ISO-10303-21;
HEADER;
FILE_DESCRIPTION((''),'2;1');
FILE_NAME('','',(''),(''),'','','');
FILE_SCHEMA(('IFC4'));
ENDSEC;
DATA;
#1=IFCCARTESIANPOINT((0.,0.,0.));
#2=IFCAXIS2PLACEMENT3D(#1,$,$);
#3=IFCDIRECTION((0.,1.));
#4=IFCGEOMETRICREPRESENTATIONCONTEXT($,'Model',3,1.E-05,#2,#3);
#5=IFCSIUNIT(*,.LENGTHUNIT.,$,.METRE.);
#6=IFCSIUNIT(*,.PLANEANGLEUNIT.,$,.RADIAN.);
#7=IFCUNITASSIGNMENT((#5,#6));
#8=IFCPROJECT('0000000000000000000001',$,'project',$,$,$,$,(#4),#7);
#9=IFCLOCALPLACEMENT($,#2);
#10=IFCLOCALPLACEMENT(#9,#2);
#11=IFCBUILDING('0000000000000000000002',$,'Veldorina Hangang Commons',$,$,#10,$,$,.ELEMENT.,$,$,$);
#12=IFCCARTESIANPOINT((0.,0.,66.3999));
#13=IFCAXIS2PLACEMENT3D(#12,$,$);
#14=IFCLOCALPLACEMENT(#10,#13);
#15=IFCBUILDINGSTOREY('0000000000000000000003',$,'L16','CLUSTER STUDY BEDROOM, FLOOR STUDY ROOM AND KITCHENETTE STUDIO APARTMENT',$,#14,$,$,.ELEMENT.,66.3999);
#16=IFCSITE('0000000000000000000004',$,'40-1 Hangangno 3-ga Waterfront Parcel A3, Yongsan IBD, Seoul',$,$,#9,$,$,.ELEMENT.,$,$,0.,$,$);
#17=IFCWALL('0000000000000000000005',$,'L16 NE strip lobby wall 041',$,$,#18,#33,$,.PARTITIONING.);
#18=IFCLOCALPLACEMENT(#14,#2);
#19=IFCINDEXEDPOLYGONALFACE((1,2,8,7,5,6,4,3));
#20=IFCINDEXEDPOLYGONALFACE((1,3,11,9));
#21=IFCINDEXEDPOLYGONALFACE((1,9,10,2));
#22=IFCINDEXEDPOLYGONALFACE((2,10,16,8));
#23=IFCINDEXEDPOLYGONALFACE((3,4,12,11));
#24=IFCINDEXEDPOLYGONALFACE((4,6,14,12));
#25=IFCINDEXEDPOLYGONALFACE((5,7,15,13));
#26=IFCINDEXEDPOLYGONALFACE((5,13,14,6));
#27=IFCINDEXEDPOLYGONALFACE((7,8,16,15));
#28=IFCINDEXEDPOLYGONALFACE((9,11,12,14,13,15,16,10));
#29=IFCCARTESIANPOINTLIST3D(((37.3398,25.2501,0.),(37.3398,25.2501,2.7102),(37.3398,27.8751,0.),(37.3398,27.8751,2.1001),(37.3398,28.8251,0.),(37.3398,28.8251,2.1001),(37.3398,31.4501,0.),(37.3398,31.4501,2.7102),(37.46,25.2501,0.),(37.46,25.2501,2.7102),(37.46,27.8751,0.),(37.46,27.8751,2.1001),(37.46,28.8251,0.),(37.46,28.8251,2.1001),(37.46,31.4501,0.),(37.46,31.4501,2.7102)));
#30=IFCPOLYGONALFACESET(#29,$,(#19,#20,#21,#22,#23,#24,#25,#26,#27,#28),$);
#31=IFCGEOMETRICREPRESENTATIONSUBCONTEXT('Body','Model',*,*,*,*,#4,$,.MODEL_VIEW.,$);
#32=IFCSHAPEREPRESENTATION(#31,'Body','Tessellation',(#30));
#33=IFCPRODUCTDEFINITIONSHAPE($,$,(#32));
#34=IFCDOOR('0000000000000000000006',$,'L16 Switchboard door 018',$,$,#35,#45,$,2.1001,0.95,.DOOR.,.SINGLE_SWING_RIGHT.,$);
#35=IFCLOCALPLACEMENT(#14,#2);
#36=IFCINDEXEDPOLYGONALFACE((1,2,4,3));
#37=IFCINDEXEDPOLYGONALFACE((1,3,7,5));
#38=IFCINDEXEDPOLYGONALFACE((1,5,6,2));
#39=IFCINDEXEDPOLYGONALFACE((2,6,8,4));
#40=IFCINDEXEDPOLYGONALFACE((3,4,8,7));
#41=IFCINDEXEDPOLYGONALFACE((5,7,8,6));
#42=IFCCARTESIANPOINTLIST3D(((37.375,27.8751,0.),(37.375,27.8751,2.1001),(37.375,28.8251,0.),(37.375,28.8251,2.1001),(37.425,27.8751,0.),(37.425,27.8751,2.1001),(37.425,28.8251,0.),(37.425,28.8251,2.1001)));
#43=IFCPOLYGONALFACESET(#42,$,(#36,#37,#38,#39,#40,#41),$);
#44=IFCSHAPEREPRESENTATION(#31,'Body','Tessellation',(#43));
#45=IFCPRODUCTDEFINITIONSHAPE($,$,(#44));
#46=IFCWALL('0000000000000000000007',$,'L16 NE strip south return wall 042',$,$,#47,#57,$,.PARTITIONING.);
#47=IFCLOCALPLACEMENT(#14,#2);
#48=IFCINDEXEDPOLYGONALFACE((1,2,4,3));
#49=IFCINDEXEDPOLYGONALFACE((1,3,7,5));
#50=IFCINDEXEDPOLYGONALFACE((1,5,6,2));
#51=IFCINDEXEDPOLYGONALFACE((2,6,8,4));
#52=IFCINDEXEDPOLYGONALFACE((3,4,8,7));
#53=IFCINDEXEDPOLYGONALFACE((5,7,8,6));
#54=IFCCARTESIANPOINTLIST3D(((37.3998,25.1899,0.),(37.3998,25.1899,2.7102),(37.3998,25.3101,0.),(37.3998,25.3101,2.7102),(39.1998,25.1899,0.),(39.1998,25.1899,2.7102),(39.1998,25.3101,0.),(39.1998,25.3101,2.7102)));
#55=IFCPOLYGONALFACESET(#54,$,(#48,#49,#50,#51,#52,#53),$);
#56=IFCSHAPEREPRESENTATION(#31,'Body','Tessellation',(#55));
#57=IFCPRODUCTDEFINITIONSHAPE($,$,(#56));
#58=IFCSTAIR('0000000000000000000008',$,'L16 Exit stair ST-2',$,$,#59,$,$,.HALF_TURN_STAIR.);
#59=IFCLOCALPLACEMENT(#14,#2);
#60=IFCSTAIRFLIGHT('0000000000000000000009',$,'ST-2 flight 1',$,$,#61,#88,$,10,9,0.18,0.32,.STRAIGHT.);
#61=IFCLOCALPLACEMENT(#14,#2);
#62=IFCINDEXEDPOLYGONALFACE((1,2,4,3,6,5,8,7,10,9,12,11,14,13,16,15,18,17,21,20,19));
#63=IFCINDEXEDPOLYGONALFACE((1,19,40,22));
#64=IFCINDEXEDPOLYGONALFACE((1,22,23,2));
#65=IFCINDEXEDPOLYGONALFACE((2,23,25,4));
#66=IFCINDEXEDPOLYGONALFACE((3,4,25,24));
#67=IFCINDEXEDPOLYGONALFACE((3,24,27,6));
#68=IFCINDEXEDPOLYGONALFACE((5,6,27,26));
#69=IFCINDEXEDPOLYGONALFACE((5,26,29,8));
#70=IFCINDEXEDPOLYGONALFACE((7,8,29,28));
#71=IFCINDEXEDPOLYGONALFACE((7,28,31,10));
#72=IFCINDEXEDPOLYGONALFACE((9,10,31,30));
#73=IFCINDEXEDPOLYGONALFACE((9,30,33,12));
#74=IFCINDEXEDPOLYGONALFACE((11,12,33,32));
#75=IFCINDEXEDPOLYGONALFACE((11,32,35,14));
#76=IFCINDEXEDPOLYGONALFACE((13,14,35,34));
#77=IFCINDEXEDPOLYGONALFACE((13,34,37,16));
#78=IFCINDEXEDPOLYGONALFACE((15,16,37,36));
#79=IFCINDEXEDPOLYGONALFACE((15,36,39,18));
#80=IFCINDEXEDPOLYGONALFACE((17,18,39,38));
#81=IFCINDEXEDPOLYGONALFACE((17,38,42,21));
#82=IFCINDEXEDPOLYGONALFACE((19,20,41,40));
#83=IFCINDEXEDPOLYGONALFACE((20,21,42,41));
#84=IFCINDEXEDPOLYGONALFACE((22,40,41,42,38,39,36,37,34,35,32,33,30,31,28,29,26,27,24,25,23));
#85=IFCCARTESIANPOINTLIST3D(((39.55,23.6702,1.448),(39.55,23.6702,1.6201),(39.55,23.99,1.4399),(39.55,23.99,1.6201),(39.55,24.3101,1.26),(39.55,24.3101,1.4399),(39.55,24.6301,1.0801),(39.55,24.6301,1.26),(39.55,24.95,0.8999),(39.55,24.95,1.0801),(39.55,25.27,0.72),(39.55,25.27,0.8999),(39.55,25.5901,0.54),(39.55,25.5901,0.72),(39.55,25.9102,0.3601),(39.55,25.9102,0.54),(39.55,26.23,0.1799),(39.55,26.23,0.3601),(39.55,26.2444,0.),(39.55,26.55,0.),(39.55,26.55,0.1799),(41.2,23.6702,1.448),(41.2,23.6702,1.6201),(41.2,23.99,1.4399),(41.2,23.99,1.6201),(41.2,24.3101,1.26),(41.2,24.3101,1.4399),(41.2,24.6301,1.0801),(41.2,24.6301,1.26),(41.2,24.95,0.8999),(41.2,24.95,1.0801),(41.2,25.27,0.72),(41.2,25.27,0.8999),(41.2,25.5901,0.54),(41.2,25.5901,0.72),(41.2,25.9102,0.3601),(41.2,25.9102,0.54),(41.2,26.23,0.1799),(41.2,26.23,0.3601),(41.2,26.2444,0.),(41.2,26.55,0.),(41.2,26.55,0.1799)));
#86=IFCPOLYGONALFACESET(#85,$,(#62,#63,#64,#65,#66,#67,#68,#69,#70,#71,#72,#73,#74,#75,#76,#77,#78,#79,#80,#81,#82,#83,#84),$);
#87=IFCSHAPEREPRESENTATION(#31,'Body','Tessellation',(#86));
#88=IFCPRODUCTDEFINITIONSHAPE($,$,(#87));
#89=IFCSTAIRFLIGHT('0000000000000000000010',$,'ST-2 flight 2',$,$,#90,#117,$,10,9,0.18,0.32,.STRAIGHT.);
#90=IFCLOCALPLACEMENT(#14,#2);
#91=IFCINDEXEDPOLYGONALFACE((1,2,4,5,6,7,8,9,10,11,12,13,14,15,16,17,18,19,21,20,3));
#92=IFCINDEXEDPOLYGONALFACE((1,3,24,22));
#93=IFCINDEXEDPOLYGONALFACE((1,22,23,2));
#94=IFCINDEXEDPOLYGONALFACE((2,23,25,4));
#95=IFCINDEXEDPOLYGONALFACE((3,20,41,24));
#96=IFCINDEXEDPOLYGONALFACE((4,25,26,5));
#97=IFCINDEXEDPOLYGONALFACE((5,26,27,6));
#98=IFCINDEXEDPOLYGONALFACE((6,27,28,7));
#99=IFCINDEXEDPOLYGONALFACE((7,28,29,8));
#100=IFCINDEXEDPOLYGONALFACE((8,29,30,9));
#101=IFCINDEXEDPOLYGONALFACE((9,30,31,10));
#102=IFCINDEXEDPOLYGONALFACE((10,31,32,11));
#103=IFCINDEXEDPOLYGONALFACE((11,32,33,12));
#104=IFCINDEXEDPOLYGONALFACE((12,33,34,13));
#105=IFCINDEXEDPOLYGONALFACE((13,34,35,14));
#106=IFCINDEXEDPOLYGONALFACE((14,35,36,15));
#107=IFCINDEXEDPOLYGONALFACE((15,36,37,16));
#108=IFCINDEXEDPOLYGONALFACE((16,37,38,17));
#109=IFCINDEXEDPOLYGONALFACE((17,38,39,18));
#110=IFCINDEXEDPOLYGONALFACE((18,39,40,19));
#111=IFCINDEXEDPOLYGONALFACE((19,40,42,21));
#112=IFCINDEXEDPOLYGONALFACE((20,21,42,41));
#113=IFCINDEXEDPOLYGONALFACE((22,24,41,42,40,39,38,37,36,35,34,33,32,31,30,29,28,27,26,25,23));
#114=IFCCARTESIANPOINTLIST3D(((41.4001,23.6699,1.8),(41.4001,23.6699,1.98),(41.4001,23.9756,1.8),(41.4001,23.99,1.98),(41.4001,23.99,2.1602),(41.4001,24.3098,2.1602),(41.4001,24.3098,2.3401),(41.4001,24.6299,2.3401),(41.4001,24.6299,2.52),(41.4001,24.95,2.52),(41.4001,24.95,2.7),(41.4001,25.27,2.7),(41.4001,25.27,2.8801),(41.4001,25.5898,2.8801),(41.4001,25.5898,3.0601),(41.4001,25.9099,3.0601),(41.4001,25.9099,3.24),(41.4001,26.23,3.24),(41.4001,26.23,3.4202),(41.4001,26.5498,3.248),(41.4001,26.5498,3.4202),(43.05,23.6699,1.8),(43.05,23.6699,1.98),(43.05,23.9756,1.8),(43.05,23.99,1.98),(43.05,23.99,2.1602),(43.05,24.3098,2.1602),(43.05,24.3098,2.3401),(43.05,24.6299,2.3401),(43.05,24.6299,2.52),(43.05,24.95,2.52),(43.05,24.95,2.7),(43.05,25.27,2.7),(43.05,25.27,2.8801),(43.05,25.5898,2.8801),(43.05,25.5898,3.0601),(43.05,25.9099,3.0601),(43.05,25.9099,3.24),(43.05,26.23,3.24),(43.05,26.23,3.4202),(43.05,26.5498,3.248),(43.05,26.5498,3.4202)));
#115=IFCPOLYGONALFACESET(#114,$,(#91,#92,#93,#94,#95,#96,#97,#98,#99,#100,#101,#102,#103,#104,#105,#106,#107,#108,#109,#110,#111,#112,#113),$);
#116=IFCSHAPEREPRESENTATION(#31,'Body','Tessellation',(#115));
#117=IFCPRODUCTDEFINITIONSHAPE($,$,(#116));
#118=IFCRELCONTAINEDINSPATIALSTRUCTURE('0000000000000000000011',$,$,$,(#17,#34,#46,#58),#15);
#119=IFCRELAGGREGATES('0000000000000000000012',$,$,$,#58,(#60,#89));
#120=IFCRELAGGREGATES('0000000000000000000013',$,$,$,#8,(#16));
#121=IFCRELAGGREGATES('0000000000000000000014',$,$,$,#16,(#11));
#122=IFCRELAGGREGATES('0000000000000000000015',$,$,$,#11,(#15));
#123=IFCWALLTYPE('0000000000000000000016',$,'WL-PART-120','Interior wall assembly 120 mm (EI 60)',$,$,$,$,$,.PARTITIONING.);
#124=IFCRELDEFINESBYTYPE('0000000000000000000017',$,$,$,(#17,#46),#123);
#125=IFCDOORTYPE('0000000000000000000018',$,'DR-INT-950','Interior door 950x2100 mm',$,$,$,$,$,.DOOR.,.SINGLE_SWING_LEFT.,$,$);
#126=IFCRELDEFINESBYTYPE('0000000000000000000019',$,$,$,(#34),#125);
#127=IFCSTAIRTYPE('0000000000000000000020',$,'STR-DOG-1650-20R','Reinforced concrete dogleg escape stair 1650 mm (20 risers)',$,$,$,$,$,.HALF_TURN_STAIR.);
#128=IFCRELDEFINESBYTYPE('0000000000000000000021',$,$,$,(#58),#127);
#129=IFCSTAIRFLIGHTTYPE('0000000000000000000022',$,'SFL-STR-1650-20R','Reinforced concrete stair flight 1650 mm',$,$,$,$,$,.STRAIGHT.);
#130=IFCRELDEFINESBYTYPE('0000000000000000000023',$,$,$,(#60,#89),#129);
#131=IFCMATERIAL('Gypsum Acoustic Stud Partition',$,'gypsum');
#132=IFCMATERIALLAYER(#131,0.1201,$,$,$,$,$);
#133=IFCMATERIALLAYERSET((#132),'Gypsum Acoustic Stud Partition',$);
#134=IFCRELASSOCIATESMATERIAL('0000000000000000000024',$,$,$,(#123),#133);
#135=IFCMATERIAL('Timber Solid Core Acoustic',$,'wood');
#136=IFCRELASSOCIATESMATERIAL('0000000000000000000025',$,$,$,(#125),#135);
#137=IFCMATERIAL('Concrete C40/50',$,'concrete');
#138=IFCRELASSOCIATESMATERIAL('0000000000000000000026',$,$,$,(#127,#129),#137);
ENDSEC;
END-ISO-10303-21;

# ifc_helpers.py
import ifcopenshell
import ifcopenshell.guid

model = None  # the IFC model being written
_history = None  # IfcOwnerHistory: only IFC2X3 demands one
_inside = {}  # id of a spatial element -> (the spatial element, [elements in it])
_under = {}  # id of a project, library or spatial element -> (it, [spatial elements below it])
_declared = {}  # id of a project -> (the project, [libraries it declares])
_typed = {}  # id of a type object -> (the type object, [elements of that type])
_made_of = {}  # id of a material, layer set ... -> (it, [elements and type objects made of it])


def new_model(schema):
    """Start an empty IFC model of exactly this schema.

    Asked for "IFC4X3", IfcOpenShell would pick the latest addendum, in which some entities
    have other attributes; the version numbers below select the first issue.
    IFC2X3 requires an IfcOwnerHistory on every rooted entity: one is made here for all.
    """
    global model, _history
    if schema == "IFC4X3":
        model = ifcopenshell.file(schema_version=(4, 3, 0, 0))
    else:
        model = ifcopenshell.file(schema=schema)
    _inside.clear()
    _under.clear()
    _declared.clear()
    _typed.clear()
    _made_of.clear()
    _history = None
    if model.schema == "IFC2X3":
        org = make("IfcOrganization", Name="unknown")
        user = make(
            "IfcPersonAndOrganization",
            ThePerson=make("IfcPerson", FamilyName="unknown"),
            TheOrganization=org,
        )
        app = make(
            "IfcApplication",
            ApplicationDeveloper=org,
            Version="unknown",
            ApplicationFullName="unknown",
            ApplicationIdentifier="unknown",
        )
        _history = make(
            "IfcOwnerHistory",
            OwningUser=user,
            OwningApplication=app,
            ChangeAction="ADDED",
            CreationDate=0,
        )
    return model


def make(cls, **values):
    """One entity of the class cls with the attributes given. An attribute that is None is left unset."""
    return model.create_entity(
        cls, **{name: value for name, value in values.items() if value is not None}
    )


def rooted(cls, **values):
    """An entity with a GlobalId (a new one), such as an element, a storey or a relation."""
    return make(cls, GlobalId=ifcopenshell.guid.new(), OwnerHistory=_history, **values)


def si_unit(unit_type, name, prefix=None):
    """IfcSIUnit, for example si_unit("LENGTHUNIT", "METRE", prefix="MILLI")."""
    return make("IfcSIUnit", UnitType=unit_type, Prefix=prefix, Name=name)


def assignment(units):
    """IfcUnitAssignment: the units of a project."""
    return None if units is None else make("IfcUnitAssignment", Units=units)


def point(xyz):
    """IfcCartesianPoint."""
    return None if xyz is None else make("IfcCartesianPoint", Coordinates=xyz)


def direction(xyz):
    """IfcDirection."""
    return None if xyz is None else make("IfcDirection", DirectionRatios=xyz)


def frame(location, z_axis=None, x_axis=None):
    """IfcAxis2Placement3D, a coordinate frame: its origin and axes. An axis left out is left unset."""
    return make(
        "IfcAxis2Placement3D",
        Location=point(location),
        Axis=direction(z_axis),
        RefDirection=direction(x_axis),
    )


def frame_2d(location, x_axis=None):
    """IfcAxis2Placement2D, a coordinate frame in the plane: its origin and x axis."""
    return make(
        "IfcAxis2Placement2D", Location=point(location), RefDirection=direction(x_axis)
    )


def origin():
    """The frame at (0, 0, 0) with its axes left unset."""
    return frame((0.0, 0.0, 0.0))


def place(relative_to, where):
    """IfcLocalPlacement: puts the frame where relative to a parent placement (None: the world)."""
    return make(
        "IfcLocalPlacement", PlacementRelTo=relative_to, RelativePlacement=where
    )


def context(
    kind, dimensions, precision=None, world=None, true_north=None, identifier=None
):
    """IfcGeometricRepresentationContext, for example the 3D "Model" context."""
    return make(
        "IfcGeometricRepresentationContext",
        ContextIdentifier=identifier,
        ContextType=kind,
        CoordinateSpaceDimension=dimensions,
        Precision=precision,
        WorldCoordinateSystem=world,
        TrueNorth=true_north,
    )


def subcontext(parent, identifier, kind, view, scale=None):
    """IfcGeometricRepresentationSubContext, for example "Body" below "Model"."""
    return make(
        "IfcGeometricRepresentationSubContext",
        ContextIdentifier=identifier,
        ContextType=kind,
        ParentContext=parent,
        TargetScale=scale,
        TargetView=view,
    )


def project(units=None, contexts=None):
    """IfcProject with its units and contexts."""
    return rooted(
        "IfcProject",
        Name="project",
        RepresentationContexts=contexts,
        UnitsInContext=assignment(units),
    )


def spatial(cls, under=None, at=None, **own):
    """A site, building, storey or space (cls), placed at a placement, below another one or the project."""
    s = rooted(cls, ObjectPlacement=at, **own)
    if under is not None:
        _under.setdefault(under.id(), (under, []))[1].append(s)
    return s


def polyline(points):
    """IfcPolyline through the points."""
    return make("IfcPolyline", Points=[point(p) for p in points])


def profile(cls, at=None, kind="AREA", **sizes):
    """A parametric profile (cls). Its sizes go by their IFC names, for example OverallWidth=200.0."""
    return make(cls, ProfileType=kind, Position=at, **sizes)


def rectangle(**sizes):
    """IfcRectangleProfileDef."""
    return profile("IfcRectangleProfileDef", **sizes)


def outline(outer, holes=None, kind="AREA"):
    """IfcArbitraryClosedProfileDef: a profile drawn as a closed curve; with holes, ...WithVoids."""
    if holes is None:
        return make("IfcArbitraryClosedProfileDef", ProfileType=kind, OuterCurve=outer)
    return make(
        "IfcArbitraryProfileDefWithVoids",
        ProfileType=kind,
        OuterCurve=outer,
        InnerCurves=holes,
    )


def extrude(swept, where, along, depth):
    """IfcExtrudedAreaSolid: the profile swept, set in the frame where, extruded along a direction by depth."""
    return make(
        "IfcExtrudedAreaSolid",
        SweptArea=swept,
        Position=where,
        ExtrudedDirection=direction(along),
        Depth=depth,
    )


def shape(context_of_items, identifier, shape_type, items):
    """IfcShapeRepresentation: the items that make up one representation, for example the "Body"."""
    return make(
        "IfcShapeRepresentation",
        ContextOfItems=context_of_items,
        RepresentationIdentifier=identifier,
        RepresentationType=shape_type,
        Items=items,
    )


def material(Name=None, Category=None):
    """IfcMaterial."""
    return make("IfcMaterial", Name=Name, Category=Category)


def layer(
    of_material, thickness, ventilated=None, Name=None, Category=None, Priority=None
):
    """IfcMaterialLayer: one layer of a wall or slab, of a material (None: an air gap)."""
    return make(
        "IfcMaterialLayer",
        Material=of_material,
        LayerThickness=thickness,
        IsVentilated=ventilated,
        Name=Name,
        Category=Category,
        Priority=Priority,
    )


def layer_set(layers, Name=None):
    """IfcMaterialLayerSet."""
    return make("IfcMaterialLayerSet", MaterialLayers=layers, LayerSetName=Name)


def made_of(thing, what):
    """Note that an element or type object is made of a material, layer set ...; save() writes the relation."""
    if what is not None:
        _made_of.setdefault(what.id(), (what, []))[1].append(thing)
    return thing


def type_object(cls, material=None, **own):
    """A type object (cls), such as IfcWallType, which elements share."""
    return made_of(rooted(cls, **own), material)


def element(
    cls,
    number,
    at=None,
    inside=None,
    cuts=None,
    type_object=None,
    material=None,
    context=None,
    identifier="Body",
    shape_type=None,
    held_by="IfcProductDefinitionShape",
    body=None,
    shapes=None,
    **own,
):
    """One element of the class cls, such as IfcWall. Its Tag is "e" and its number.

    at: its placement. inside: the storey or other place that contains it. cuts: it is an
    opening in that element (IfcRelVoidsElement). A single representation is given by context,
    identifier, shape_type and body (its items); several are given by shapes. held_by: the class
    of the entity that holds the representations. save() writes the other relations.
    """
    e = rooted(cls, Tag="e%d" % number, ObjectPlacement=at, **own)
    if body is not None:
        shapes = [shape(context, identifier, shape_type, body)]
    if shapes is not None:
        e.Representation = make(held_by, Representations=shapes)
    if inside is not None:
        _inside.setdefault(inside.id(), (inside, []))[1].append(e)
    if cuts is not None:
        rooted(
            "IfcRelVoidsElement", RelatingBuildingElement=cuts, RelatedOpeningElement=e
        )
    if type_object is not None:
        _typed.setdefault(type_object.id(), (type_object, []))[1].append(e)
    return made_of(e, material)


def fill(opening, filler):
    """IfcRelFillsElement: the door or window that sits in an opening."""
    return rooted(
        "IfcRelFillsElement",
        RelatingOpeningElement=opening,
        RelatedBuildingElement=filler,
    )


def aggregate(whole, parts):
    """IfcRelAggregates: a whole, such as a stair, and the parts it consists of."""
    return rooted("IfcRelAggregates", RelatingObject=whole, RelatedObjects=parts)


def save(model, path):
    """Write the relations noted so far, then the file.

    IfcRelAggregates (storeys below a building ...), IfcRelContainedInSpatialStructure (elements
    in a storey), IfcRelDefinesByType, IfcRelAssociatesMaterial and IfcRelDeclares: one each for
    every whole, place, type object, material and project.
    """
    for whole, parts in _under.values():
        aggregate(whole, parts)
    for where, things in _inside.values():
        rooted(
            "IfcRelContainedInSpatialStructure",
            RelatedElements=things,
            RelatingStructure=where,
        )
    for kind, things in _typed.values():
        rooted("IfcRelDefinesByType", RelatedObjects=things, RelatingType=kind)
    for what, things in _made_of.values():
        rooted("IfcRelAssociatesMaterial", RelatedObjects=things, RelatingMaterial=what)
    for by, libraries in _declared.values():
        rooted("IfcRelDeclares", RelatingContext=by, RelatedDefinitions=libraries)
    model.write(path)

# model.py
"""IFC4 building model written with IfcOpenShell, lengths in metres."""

from ifc_helpers import new_model, si_unit, direction, frame, frame_2d, origin, place, context, subcontext, project, spatial, polyline, rectangle, outline, extrude, material, layer, layer_set, type_object, element, fill, aggregate, save


model = new_model("IFC4")

# Units and contexts
model_context = context("Model", 3, precision=1e-05, world=origin(), true_north=direction((0.0, 1.0)))
body_context = subcontext(model_context, "Body", "Model", "MODEL_VIEW")
ifc_project = project(units=[si_unit("LENGTHUNIT", "METRE"), si_unit("PLANEANGLEUNIT", "RADIAN")], contexts=[model_context])

# Site, building, storey
site_placement = place(None, origin())
site = spatial("IfcSite", under=ifc_project, at=site_placement, Name="40-1 Hangangno 3-ga Waterfront Parcel A3, Yongsan IBD, Seoul", CompositionType="ELEMENT", RefElevation=0.0)
building_placement = place(site_placement, origin())
building = spatial("IfcBuilding", under=site, at=building_placement, Name="Veldorina Hangang Commons", CompositionType="ELEMENT")
storey_placement = place(building_placement, frame((0.0, 0.0, 66.3999)))
storey = spatial("IfcBuildingStorey", under=building, at=storey_placement, Name="L16", Description="CLUSTER STUDY BEDROOM, FLOOR STUDY ROOM AND KITCHENETTE STUDIO APARTMENT", CompositionType="ELEMENT", Elevation=66.3999)

# Wall, opening, door
ifc_material_1 = material(Name="Gypsum Acoustic Stud Partition", Category="gypsum")
ifc_layer_1 = layer(ifc_material_1, 0.1201)
ifc_layer_set_1 = layer_set([ifc_layer_1], Name="Gypsum Acoustic Stud Partition")
wall_type_1 = type_object("IfcWallType", Name="WL-PART-120", Description="Interior wall assembly 120 mm (EI 60)", PredefinedType="PARTITIONING", material=ifc_layer_set_1)
wall_1_placement = place(storey_placement, frame((37.3999, 25.25, 0.0), z_axis=(0.0, 0.0, 1.0), x_axis=(0.0, 1.0, 0.0)))
wall_1 = element("IfcWall", 1, at=wall_1_placement, inside=storey, type_object=wall_type_1, Name="L16 NE strip lobby wall 041", PredefinedType="PARTITIONING", context=body_context, shape_type="SweptSolid", body=[
    extrude(rectangle(XDim=6.2, YDim=0.1201, at=frame_2d((3.1001, 0.0))), origin(), (0.0, 0.0, 1.0), 2.7102),
])
opening_1_placement = place(wall_1_placement, frame((2.625, 0.0, 0.0)))
opening_1 = element("IfcOpeningElement", 2, at=opening_1_placement, cuts=wall_1, PredefinedType="OPENING", context=body_context, shape_type="SweptSolid", body=[
    extrude(rectangle(XDim=0.95, YDim=2.1001, at=frame_2d((0.4751, 1.05))), frame((0.0, 0.0701, 0.0), z_axis=(0.0, -1.0, 0.0), x_axis=(1.0, 0.0, 0.0)), (0.0, 0.0, 1.0), 0.1401),
])
ifc_material_2 = material(Name="Timber Solid Core Acoustic", Category="wood")
door_type_1 = type_object("IfcDoorType", Name="DR-INT-950", Description="Interior door 950x2100 mm", OperationType="SINGLE_SWING_LEFT", PredefinedType="DOOR", material=ifc_material_2)
door_1_placement = place(opening_1_placement, origin())
door_1 = element("IfcDoor", 3, at=door_1_placement, inside=storey, type_object=door_type_1, Name="L16 Switchboard door 018", OperationType="SINGLE_SWING_RIGHT", OverallHeight=2.1001, OverallWidth=0.95, PredefinedType="DOOR", context=body_context, shape_type="SweptSolid", body=[
    extrude(rectangle(XDim=0.95, YDim=2.1001, at=frame_2d((0.4751, 1.05))), frame((0.0, 0.0249, 0.0), z_axis=(0.0, -1.0, 0.0), x_axis=(1.0, 0.0, 0.0)), (0.0, 0.0, 1.0), 0.05),
])
fill(opening_1, door_1)

# Wall
wall_2_placement = place(storey_placement, frame((37.3999, 25.25, 0.0), z_axis=(0.0, 0.0, 1.0), x_axis=(1.0, 0.0, 0.0)))
element("IfcWall", 4, at=wall_2_placement, inside=storey, type_object=wall_type_1, Name="L16 NE strip south return wall 042", PredefinedType="PARTITIONING", context=body_context, shape_type="SweptSolid", body=[
    extrude(rectangle(XDim=1.8, YDim=0.1201, at=frame_2d((0.8999, 0.0))), origin(), (0.0, 0.0, 1.0), 2.7102),
])

# Stair, stair flights
ifc_material_3 = material(Name="Concrete C40/50", Category="concrete")
stair_type = type_object("IfcStairType", Name="STR-DOG-1650-20R", Description="Reinforced concrete dogleg escape stair 1650 mm (20 risers)", PredefinedType="HALF_TURN_STAIR", material=ifc_material_3)
stair_placement = place(storey_placement, origin())
stair = element("IfcStair", 5, at=stair_placement, inside=storey, type_object=stair_type, Name="L16 Exit stair ST-2", PredefinedType="HALF_TURN_STAIR")
stair_flight_type = type_object("IfcStairFlightType", Name="SFL-STR-1650-20R", Description="Reinforced concrete stair flight 1650 mm", PredefinedType="STRAIGHT", material=ifc_material_3)
stair_flight_1_placement = place(storey_placement, frame((40.375, 26.55, 0.0), z_axis=(0.0, 0.0, 1.0), x_axis=(0.0, -1.0, 0.0)))
stair_flight_1 = element("IfcStairFlight", 6, at=stair_flight_1_placement, type_object=stair_flight_type, Name="ST-2 flight 1", NumberOfRisers=10, NumberOfTreads=9, PredefinedType="STRAIGHT", RiserHeight=0.18, TreadLength=0.32, context=body_context, shape_type="SweptSolid", body=[
    extrude(outline(polyline([(0.0, 0.0), (0.0, 0.1799), (0.3201, 0.1799), (0.3201, 0.3601), (0.6399, 0.3601), (0.6399, 0.54), (0.96, 0.54), (0.96, 0.72), (1.28, 0.72), (1.28, 0.8999), (1.6001, 0.8999), (1.6001, 1.0801), (1.9199, 1.0801), (1.9199, 1.26), (2.24, 1.26), (2.24, 1.4399), (2.5601, 1.4399), (2.5601, 1.6201), (2.8799, 1.6201), (2.8799, 1.8), (2.8799, 1.448), (0.3057, 0.0), (0.0, 0.0)])), frame((0.0, 0.825, 0.0), z_axis=(0.0, -1.0, 0.0), x_axis=(1.0, 0.0, 0.0)), (0.0, 0.0, 1.0), 1.6499),
])
stair_flight_2_placement = place(storey_placement, frame((42.2251, 23.6699, 1.8), z_axis=(0.0, 0.0, 1.0), x_axis=(0.0, 1.0, 0.0)))
stair_flight_2 = element("IfcStairFlight", 7, at=stair_flight_2_placement, type_object=stair_flight_type, Name="ST-2 flight 2", NumberOfRisers=10, NumberOfTreads=9, PredefinedType="STRAIGHT", RiserHeight=0.18, TreadLength=0.32, context=body_context, shape_type="SweptSolid", body=[
    extrude(outline(polyline([(0.0, 0.0), (0.0, 0.1799), (0.3201, 0.1799), (0.3201, 0.3601), (0.6399, 0.3601), (0.6399, 0.54), (0.96, 0.54), (0.96, 0.72), (1.28, 0.72), (1.28, 0.8999), (1.6001, 0.8999), (1.6001, 1.0801), (1.9199, 1.0801), (1.9199, 1.26), (2.24, 1.26), (2.24, 1.4399), (2.5601, 1.4399), (2.5601, 1.6201), (2.8799, 1.6201), (2.8799, 1.8), (2.8799, 1.448), (0.3057, 0.0), (0.0, 0.0)])), frame((0.0, 0.825, 0.0), z_axis=(0.0, -1.0, 0.0), x_axis=(1.0, 0.0, 0.0)), (0.0, 0.0, 1.0), 1.6499),
])
aggregate(stair, [stair_flight_1, stair_flight_2])

save(model, "model.ifc")
